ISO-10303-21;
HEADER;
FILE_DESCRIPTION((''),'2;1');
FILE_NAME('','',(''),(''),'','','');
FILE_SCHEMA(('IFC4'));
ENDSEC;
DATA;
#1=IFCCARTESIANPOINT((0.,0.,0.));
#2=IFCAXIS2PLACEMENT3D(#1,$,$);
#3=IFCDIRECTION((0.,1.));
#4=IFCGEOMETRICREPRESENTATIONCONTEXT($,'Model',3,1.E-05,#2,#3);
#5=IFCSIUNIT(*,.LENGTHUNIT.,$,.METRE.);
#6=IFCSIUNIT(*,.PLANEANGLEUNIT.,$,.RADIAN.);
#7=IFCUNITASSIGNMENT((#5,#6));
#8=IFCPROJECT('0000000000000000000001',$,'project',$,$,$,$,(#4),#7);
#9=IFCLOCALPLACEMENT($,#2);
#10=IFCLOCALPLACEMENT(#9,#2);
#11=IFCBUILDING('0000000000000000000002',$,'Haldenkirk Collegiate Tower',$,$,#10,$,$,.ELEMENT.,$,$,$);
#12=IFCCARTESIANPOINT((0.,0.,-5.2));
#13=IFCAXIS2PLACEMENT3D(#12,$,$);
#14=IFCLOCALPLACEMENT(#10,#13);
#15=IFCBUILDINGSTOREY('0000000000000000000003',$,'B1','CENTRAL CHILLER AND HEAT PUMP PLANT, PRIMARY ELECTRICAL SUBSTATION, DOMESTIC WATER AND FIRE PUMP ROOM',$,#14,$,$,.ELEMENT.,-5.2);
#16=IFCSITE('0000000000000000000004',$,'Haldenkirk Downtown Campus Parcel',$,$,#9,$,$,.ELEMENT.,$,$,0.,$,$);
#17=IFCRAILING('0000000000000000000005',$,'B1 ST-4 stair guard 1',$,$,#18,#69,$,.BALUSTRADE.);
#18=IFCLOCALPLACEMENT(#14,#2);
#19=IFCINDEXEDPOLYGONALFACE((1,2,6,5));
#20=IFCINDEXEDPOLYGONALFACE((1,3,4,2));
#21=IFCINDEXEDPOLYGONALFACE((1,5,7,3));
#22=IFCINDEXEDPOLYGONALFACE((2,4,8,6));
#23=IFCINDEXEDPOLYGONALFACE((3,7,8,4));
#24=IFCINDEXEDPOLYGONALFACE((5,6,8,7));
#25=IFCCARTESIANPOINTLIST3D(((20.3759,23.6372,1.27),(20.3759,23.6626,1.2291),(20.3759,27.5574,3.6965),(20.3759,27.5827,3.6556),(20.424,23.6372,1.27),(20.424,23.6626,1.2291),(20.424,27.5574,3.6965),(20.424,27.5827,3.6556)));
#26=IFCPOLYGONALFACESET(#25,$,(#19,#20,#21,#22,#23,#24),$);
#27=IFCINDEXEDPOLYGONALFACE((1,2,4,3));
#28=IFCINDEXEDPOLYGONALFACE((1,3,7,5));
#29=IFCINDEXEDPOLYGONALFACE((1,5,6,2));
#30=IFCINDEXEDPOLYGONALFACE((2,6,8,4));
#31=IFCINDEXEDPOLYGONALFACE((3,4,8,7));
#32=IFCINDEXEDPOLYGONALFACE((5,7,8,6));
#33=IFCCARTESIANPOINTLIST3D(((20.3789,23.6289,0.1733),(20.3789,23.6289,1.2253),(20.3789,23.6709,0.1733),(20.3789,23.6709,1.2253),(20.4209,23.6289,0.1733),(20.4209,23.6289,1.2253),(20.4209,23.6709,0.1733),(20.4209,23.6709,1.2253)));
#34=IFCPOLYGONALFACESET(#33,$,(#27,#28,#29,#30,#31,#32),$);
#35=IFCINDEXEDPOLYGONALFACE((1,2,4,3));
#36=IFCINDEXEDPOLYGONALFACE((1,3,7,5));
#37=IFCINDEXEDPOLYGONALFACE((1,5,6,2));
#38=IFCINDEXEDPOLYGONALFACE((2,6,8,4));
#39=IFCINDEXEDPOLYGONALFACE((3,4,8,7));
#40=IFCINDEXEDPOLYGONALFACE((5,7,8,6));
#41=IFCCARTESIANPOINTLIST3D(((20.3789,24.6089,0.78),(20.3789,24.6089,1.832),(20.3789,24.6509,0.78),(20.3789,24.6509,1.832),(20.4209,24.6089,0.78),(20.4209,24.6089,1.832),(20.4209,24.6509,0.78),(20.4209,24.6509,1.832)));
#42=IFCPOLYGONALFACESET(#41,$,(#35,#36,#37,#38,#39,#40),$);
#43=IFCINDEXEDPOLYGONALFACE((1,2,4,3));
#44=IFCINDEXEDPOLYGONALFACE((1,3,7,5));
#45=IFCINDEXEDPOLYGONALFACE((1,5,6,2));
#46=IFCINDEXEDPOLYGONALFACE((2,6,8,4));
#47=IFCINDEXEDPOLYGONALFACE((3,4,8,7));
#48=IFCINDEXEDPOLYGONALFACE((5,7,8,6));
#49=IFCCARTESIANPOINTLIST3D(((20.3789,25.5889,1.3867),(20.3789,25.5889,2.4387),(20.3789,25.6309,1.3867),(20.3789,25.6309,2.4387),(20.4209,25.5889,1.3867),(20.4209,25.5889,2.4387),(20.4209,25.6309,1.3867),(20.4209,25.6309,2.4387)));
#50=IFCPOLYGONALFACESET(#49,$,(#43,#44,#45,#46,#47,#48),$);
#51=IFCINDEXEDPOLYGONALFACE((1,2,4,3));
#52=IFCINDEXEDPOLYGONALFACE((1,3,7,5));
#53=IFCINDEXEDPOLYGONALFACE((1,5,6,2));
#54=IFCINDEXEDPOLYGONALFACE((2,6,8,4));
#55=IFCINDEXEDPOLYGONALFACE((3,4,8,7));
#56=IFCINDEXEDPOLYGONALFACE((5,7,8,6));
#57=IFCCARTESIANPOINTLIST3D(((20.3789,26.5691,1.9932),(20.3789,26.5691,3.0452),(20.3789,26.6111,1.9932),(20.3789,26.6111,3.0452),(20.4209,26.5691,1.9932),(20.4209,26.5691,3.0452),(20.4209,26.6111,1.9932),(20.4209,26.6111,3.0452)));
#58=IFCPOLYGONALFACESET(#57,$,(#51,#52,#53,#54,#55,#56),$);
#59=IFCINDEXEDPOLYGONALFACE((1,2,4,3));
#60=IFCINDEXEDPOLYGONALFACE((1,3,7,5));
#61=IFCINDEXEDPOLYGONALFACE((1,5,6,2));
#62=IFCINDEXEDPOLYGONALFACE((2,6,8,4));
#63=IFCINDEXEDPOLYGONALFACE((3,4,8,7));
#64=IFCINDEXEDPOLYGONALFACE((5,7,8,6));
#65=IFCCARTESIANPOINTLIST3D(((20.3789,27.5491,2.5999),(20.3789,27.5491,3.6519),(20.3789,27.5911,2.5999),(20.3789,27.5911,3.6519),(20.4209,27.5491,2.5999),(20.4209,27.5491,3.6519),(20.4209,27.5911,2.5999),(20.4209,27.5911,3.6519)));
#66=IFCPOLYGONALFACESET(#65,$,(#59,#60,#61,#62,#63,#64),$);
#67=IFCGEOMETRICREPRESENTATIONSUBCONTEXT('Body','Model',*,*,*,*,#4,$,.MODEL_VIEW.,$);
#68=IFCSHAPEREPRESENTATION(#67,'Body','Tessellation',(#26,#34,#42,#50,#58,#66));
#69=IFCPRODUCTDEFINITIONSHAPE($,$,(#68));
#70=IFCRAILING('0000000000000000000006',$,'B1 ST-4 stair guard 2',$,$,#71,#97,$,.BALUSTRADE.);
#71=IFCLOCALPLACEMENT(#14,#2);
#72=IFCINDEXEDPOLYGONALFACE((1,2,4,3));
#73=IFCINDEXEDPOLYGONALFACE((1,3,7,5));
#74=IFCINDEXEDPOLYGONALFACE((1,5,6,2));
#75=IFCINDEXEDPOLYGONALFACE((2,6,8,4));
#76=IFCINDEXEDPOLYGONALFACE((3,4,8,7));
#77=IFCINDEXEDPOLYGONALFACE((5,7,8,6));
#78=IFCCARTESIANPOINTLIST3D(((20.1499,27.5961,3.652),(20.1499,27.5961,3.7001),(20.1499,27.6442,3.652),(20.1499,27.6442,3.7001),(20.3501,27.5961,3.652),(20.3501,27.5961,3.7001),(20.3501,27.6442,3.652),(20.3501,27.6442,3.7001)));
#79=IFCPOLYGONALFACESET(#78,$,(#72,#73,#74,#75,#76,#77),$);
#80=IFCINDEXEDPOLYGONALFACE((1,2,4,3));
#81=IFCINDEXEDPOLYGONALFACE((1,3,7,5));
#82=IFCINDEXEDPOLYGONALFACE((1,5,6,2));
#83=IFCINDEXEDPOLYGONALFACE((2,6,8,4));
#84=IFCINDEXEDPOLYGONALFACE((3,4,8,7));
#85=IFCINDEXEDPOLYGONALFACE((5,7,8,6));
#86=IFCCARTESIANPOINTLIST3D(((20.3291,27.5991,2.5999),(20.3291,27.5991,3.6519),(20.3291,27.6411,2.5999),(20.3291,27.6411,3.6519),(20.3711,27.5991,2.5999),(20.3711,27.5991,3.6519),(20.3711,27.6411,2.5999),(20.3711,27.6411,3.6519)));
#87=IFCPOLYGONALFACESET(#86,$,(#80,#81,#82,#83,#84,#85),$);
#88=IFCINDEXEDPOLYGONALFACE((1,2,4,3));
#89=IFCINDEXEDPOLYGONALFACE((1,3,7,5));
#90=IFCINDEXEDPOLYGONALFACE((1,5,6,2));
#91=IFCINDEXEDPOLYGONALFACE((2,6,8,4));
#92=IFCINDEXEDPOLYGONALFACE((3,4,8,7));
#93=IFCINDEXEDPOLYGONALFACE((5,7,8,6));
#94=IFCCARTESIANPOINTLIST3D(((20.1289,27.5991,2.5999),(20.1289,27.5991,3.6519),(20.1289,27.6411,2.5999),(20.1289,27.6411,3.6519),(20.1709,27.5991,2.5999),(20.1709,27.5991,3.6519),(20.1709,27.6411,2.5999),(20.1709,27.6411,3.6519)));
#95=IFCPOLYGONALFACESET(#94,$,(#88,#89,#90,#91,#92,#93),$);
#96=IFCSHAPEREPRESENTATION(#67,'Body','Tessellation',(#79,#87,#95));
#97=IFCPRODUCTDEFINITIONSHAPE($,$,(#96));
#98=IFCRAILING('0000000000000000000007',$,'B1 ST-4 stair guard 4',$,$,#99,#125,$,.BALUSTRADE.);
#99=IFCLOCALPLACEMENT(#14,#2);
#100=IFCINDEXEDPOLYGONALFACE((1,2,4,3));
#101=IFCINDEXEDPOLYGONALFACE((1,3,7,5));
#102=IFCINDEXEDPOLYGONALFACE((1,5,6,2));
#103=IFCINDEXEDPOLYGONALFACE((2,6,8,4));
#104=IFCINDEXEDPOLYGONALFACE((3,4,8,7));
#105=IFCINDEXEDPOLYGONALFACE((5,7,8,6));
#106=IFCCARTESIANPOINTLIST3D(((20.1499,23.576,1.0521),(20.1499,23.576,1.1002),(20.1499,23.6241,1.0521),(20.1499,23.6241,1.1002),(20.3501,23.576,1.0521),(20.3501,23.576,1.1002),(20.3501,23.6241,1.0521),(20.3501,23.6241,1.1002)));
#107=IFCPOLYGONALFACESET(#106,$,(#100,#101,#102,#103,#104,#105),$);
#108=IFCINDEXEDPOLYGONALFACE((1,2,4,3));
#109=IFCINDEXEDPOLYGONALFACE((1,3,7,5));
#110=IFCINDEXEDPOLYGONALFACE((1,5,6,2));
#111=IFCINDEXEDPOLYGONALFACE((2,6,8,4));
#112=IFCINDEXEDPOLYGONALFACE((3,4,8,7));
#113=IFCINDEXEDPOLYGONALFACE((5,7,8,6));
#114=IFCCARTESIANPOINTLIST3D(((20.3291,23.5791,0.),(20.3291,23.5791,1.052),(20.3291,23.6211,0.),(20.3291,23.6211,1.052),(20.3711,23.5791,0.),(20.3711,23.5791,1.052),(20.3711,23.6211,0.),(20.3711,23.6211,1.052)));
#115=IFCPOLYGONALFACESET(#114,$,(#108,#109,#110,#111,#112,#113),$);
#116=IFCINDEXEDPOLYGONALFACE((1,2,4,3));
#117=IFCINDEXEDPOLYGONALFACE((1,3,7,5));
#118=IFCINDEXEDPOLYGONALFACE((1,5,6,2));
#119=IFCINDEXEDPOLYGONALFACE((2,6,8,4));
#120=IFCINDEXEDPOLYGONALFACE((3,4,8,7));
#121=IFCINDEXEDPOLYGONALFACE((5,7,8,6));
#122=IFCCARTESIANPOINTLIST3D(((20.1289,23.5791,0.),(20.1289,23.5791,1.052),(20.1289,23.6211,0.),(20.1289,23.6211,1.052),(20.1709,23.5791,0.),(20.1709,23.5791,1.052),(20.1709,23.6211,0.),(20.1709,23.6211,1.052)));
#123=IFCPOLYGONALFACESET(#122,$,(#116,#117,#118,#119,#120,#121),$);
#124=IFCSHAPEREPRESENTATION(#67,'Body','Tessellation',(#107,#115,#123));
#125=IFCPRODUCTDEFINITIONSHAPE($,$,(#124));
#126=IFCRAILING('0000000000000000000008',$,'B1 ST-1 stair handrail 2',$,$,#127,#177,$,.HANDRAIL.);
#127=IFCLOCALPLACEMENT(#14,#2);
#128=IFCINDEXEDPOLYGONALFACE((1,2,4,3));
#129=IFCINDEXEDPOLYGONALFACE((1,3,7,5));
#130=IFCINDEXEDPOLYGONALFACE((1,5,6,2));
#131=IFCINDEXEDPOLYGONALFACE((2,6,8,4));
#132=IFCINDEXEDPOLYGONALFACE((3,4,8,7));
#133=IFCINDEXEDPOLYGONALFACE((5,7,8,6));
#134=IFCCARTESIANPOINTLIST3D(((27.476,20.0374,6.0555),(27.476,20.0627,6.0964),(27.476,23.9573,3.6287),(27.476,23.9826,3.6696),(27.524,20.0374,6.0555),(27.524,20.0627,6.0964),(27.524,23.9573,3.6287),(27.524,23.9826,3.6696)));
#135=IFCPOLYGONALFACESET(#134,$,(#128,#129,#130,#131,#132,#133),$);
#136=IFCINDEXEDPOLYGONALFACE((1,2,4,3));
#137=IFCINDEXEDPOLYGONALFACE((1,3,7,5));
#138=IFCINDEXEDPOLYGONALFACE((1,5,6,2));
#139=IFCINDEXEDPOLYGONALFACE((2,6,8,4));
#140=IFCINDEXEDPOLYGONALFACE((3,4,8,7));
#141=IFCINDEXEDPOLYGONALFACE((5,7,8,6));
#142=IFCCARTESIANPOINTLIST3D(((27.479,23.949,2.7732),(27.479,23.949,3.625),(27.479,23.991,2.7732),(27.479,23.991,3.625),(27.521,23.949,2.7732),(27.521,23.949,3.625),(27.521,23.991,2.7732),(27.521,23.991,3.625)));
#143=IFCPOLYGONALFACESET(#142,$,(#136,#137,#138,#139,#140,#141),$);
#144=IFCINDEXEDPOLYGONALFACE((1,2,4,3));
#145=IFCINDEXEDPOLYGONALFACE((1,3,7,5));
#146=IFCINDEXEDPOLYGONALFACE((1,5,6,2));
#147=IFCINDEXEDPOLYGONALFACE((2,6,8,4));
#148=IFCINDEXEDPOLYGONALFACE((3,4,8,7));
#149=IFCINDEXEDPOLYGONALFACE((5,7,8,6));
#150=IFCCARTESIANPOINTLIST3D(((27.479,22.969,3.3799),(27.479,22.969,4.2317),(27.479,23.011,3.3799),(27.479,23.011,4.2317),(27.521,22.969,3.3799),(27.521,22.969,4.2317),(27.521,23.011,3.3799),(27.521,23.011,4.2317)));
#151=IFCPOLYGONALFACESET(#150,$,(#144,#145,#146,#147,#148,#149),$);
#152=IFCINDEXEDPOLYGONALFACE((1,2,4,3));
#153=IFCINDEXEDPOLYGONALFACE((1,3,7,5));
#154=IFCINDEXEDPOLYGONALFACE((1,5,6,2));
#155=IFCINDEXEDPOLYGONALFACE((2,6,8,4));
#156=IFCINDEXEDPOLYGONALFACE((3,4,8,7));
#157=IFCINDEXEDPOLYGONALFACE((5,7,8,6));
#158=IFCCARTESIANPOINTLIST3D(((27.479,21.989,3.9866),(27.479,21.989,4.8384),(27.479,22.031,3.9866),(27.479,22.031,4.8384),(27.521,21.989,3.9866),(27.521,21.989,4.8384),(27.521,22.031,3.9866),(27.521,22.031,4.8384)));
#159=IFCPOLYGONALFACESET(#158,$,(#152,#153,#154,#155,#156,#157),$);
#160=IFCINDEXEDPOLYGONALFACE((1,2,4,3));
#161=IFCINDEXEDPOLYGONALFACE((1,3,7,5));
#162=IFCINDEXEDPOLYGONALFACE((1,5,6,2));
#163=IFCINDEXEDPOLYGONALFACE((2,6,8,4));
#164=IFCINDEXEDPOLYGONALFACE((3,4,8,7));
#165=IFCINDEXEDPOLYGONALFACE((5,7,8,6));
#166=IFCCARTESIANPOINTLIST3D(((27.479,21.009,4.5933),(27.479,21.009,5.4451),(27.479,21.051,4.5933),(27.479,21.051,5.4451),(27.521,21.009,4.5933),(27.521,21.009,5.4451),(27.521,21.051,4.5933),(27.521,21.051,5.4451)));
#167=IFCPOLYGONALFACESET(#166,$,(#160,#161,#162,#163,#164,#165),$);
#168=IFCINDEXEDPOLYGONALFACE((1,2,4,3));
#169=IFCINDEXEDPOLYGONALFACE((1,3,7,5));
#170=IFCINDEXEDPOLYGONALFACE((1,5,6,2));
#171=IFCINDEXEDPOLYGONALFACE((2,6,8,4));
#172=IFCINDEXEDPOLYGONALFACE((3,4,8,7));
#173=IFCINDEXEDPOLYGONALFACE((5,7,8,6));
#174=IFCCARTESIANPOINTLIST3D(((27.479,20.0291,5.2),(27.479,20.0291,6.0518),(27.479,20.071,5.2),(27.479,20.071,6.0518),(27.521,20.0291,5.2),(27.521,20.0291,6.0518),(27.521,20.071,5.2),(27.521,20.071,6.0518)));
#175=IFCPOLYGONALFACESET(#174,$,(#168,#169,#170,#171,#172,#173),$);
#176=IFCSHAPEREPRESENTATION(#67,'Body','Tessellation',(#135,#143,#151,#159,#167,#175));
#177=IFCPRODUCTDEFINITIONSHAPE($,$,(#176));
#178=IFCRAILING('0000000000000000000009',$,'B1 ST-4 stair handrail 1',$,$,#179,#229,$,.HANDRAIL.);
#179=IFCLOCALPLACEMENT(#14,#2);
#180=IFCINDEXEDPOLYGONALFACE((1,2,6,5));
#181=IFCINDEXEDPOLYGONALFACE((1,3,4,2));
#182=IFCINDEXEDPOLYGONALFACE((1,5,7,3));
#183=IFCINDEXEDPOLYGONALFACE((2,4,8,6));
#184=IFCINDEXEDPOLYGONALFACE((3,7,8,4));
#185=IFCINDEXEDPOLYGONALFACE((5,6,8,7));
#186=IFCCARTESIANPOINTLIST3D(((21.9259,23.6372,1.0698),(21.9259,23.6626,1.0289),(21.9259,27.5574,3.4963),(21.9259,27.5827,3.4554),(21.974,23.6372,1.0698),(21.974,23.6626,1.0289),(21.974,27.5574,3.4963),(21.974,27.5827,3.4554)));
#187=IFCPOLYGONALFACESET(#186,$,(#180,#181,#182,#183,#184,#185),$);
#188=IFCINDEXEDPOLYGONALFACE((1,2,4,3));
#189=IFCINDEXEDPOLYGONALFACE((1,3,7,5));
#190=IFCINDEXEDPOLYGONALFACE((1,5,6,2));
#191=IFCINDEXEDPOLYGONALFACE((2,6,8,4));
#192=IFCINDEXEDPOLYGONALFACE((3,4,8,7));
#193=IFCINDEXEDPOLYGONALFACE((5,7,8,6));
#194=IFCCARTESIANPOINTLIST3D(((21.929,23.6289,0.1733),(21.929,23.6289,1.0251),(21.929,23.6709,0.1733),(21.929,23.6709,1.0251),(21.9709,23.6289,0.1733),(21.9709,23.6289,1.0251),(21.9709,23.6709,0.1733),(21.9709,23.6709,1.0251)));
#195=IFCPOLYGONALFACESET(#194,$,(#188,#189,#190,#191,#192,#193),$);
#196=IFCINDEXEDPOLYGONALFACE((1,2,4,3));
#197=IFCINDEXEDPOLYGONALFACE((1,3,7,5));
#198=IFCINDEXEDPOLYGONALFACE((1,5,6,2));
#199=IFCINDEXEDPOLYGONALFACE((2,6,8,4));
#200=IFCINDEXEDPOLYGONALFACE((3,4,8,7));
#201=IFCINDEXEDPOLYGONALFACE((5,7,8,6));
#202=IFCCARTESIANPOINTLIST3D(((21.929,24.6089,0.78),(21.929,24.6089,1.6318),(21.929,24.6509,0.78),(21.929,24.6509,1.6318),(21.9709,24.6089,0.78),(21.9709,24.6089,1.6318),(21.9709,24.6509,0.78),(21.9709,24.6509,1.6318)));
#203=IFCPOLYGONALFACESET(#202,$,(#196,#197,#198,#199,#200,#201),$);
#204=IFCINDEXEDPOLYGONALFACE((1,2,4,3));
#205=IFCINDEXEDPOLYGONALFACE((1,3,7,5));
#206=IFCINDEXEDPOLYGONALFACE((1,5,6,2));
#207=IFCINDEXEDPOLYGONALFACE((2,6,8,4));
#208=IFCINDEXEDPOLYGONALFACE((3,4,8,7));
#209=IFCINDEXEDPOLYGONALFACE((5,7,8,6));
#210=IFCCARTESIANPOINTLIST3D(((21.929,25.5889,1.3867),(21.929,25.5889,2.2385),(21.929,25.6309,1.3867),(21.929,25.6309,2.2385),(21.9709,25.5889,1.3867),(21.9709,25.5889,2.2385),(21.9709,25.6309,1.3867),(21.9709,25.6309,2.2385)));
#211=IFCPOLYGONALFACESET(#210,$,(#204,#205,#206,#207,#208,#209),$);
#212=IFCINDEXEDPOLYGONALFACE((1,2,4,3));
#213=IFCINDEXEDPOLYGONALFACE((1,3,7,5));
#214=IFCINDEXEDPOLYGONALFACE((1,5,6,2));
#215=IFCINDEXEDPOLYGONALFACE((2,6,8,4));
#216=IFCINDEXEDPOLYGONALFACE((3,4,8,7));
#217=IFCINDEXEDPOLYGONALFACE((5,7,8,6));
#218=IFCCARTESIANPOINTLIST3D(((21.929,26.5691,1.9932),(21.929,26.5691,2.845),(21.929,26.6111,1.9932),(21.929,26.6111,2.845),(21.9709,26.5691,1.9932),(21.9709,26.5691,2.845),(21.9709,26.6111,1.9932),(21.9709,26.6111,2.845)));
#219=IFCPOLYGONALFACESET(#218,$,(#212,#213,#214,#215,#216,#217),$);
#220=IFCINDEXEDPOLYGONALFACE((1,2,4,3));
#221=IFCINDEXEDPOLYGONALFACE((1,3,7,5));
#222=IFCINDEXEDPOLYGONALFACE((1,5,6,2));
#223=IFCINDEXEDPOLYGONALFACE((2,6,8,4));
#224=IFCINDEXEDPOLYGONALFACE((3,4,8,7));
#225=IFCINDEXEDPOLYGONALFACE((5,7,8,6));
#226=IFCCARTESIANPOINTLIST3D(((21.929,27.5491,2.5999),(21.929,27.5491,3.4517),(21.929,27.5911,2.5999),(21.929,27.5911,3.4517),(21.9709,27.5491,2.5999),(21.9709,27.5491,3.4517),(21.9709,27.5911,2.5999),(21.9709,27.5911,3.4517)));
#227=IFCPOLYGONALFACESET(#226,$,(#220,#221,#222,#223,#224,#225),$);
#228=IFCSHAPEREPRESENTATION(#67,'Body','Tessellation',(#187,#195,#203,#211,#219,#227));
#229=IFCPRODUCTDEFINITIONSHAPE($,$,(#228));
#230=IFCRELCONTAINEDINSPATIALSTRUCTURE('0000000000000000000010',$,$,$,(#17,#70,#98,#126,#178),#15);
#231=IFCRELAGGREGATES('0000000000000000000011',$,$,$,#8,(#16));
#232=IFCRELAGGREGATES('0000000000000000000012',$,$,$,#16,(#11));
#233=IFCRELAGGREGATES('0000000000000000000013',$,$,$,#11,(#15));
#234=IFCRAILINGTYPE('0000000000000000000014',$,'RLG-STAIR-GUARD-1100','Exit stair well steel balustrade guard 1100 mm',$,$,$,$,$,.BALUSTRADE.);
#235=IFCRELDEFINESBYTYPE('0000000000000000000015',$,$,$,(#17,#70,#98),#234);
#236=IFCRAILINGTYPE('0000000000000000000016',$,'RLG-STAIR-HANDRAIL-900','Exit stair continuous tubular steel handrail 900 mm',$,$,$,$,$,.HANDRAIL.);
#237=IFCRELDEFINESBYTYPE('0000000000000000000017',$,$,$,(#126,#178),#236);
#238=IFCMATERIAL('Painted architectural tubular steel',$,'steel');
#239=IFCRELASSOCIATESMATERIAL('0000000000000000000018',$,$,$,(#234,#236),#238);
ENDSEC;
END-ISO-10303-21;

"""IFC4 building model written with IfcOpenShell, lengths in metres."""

from ifc_helpers import new_model, si_unit, direction, frame, origin, origin_2d, place, context, subcontext, project, spatial, rectangle, extrude, material, type_object, element, save


model = new_model("IFC4")

# Units and contexts
model_context = context("Model", 3, precision=1e-05, world=origin(), true_north=direction((0.0, 1.0)))
body_context = subcontext(model_context, "Body", "Model", "MODEL_VIEW")
ifc_project = project(units=[si_unit("LENGTHUNIT", "METRE"), si_unit("PLANEANGLEUNIT", "RADIAN")], contexts=[model_context])

# Site, building, storey
site_placement = place(None, origin())
site = spatial("IfcSite", under=ifc_project, at=site_placement, Name="Haldenkirk Downtown Campus Parcel", CompositionType="ELEMENT", RefElevation=0.0)
building_placement = place(site_placement, origin())
building = spatial("IfcBuilding", under=site, at=building_placement, Name="Haldenkirk Collegiate Tower", CompositionType="ELEMENT")
storey_placement = place(building_placement, frame((0.0, 0.0, -5.2)))
storey = spatial("IfcBuildingStorey", under=building, at=storey_placement, Name="B1", Description="CENTRAL CHILLER AND HEAT PUMP PLANT, PRIMARY ELECTRICAL SUBSTATION, DOMESTIC WATER AND FIRE PUMP ROOM", CompositionType="ELEMENT", Elevation=-5.2)

# Railings
ifc_material_1 = material(Name="Painted architectural tubular steel", Category="steel")
railing_type_1 = type_object("IfcRailingType", Name="RLG-STAIR-GUARD-1100", Description="Exit stair well steel balustrade guard 1100 mm", PredefinedType="BALUSTRADE", material=ifc_material_1)
railing_1_placement = place(storey_placement, frame((20.3999, 23.6499, 0.1733)))
element("IfcRailing", 1, at=railing_1_placement, inside=storey, type_object=railing_type_1, Name="B1 ST-4 stair guard 1", PredefinedType="BALUSTRADE", context=body_context, shape_type="SweptSolid", body=[
    extrude(rectangle(XDim=0.0481, YDim=0.0481, at=origin_2d()), frame((0.0, 0.0, 1.0762), z_axis=(0.0, 0.85029, 0.526315), x_axis=(-1.0, 0.0, 0.0)), (0.0, 0.0, 1.0), 4.6104),
    extrude(rectangle(XDim=0.042, YDim=0.042, at=origin_2d()), origin(), (0.0, 0.0, 1.0), 1.052),
    extrude(rectangle(XDim=0.042, YDim=0.042, at=origin_2d()), frame((0.0, 0.98, 0.6067)), (0.0, 0.0, 1.0), 1.052),
    extrude(rectangle(XDim=0.042, YDim=0.042, at=origin_2d()), frame((0.0, 1.96, 1.2134)), (0.0, 0.0, 1.0), 1.052),
    extrude(rectangle(XDim=0.042, YDim=0.042, at=origin_2d()), frame((0.0, 2.9402, 1.8198)), (0.0, 0.0, 1.0), 1.052),
    extrude(rectangle(XDim=0.042, YDim=0.042, at=origin_2d()), frame((0.0, 3.9202, 2.4265)), (0.0, 0.0, 1.0), 1.052),
])
for number, where, name in (
    (2, (20.3501, 27.6201, 2.5999), "B1 ST-4 stair guard 2"),
    (3, (20.3501, 23.6001, 0.0), "B1 ST-4 stair guard 4"),
):
    element("IfcRailing", number, at=place(storey_placement, frame(where)), inside=storey, type_object=railing_type_1, Name=name, PredefinedType="BALUSTRADE", context=body_context, shape_type="SweptSolid", body=[
        extrude(rectangle(XDim=0.0481, YDim=0.0481, at=origin_2d()), frame((0.0, 0.0, 1.0762), z_axis=(-1.0, 0.0, 0.0), x_axis=(0.0, -1.0, 0.0)), (0.0, 0.0, 1.0), 0.2002),
        extrude(rectangle(XDim=0.042, YDim=0.042, at=origin_2d()), origin(), (0.0, 0.0, 1.0), 1.052),
        extrude(rectangle(XDim=0.042, YDim=0.042, at=origin_2d()), frame((-0.2002, 0.0, 0.0)), (0.0, 0.0, 1.0), 1.052),
    ])
railing_type_2 = type_object("IfcRailingType", Name="RLG-STAIR-HANDRAIL-900", Description="Exit stair continuous tubular steel handrail 900 mm", PredefinedType="HANDRAIL", material=ifc_material_1)
railing_2_placement = place(storey_placement, frame((27.5, 23.97, 2.7732)))
element("IfcRailing", 4, at=railing_2_placement, inside=storey, type_object=railing_type_2, Name="B1 ST-1 stair handrail 2", PredefinedType="HANDRAIL", context=body_context, shape_type="SweptSolid", body=[
    extrude(rectangle(XDim=0.0481, YDim=0.0481, at=origin_2d()), frame((0.0, 0.0, 0.876), z_axis=(0.0, -0.850252, 0.526376), x_axis=(1.0, 0.0, 0.0)), (0.0, 0.0, 1.0), 4.6104),
    extrude(rectangle(XDim=0.042, YDim=0.042, at=origin_2d()), origin(), (0.0, 0.0, 1.0), 0.8518),
    extrude(rectangle(XDim=0.042, YDim=0.042, at=origin_2d()), frame((0.0, -0.98, 0.6067)), (0.0, 0.0, 1.0), 0.8518),
    extrude(rectangle(XDim=0.042, YDim=0.042, at=origin_2d()), frame((0.0, -1.96, 1.2134)), (0.0, 0.0, 1.0), 0.8518),
    extrude(rectangle(XDim=0.042, YDim=0.042, at=origin_2d()), frame((0.0, -2.9399, 1.8201)), (0.0, 0.0, 1.0), 0.8518),
    extrude(rectangle(XDim=0.042, YDim=0.042, at=origin_2d()), frame((0.0, -3.9199, 2.4268)), (0.0, 0.0, 1.0), 0.8518),
])
railing_3_placement = place(storey_placement, frame((21.95, 23.6499, 0.1733)))
element("IfcRailing", 5, at=railing_3_placement, inside=storey, type_object=railing_type_2, Name="B1 ST-4 stair handrail 1", PredefinedType="HANDRAIL", context=body_context, shape_type="SweptSolid", body=[
    extrude(rectangle(XDim=0.0481, YDim=0.0481, at=origin_2d()), frame((0.0, 0.0, 0.876), z_axis=(0.0, 0.85029, 0.526315), x_axis=(-1.0, 0.0, 0.0)), (0.0, 0.0, 1.0), 4.6104),
    extrude(rectangle(XDim=0.042, YDim=0.042, at=origin_2d()), origin(), (0.0, 0.0, 1.0), 0.8518),
    extrude(rectangle(XDim=0.042, YDim=0.042, at=origin_2d()), frame((0.0, 0.98, 0.6067)), (0.0, 0.0, 1.0), 0.8518),
    extrude(rectangle(XDim=0.042, YDim=0.042, at=origin_2d()), frame((0.0, 1.96, 1.2134)), (0.0, 0.0, 1.0), 0.8518),
    extrude(rectangle(XDim=0.042, YDim=0.042, at=origin_2d()), frame((0.0, 2.9402, 1.8198)), (0.0, 0.0, 1.0), 0.8518),
    extrude(rectangle(XDim=0.042, YDim=0.042, at=origin_2d()), frame((0.0, 3.9202, 2.4265)), (0.0, 0.0, 1.0), 0.8518),
])

save(model, "model.ifc")
